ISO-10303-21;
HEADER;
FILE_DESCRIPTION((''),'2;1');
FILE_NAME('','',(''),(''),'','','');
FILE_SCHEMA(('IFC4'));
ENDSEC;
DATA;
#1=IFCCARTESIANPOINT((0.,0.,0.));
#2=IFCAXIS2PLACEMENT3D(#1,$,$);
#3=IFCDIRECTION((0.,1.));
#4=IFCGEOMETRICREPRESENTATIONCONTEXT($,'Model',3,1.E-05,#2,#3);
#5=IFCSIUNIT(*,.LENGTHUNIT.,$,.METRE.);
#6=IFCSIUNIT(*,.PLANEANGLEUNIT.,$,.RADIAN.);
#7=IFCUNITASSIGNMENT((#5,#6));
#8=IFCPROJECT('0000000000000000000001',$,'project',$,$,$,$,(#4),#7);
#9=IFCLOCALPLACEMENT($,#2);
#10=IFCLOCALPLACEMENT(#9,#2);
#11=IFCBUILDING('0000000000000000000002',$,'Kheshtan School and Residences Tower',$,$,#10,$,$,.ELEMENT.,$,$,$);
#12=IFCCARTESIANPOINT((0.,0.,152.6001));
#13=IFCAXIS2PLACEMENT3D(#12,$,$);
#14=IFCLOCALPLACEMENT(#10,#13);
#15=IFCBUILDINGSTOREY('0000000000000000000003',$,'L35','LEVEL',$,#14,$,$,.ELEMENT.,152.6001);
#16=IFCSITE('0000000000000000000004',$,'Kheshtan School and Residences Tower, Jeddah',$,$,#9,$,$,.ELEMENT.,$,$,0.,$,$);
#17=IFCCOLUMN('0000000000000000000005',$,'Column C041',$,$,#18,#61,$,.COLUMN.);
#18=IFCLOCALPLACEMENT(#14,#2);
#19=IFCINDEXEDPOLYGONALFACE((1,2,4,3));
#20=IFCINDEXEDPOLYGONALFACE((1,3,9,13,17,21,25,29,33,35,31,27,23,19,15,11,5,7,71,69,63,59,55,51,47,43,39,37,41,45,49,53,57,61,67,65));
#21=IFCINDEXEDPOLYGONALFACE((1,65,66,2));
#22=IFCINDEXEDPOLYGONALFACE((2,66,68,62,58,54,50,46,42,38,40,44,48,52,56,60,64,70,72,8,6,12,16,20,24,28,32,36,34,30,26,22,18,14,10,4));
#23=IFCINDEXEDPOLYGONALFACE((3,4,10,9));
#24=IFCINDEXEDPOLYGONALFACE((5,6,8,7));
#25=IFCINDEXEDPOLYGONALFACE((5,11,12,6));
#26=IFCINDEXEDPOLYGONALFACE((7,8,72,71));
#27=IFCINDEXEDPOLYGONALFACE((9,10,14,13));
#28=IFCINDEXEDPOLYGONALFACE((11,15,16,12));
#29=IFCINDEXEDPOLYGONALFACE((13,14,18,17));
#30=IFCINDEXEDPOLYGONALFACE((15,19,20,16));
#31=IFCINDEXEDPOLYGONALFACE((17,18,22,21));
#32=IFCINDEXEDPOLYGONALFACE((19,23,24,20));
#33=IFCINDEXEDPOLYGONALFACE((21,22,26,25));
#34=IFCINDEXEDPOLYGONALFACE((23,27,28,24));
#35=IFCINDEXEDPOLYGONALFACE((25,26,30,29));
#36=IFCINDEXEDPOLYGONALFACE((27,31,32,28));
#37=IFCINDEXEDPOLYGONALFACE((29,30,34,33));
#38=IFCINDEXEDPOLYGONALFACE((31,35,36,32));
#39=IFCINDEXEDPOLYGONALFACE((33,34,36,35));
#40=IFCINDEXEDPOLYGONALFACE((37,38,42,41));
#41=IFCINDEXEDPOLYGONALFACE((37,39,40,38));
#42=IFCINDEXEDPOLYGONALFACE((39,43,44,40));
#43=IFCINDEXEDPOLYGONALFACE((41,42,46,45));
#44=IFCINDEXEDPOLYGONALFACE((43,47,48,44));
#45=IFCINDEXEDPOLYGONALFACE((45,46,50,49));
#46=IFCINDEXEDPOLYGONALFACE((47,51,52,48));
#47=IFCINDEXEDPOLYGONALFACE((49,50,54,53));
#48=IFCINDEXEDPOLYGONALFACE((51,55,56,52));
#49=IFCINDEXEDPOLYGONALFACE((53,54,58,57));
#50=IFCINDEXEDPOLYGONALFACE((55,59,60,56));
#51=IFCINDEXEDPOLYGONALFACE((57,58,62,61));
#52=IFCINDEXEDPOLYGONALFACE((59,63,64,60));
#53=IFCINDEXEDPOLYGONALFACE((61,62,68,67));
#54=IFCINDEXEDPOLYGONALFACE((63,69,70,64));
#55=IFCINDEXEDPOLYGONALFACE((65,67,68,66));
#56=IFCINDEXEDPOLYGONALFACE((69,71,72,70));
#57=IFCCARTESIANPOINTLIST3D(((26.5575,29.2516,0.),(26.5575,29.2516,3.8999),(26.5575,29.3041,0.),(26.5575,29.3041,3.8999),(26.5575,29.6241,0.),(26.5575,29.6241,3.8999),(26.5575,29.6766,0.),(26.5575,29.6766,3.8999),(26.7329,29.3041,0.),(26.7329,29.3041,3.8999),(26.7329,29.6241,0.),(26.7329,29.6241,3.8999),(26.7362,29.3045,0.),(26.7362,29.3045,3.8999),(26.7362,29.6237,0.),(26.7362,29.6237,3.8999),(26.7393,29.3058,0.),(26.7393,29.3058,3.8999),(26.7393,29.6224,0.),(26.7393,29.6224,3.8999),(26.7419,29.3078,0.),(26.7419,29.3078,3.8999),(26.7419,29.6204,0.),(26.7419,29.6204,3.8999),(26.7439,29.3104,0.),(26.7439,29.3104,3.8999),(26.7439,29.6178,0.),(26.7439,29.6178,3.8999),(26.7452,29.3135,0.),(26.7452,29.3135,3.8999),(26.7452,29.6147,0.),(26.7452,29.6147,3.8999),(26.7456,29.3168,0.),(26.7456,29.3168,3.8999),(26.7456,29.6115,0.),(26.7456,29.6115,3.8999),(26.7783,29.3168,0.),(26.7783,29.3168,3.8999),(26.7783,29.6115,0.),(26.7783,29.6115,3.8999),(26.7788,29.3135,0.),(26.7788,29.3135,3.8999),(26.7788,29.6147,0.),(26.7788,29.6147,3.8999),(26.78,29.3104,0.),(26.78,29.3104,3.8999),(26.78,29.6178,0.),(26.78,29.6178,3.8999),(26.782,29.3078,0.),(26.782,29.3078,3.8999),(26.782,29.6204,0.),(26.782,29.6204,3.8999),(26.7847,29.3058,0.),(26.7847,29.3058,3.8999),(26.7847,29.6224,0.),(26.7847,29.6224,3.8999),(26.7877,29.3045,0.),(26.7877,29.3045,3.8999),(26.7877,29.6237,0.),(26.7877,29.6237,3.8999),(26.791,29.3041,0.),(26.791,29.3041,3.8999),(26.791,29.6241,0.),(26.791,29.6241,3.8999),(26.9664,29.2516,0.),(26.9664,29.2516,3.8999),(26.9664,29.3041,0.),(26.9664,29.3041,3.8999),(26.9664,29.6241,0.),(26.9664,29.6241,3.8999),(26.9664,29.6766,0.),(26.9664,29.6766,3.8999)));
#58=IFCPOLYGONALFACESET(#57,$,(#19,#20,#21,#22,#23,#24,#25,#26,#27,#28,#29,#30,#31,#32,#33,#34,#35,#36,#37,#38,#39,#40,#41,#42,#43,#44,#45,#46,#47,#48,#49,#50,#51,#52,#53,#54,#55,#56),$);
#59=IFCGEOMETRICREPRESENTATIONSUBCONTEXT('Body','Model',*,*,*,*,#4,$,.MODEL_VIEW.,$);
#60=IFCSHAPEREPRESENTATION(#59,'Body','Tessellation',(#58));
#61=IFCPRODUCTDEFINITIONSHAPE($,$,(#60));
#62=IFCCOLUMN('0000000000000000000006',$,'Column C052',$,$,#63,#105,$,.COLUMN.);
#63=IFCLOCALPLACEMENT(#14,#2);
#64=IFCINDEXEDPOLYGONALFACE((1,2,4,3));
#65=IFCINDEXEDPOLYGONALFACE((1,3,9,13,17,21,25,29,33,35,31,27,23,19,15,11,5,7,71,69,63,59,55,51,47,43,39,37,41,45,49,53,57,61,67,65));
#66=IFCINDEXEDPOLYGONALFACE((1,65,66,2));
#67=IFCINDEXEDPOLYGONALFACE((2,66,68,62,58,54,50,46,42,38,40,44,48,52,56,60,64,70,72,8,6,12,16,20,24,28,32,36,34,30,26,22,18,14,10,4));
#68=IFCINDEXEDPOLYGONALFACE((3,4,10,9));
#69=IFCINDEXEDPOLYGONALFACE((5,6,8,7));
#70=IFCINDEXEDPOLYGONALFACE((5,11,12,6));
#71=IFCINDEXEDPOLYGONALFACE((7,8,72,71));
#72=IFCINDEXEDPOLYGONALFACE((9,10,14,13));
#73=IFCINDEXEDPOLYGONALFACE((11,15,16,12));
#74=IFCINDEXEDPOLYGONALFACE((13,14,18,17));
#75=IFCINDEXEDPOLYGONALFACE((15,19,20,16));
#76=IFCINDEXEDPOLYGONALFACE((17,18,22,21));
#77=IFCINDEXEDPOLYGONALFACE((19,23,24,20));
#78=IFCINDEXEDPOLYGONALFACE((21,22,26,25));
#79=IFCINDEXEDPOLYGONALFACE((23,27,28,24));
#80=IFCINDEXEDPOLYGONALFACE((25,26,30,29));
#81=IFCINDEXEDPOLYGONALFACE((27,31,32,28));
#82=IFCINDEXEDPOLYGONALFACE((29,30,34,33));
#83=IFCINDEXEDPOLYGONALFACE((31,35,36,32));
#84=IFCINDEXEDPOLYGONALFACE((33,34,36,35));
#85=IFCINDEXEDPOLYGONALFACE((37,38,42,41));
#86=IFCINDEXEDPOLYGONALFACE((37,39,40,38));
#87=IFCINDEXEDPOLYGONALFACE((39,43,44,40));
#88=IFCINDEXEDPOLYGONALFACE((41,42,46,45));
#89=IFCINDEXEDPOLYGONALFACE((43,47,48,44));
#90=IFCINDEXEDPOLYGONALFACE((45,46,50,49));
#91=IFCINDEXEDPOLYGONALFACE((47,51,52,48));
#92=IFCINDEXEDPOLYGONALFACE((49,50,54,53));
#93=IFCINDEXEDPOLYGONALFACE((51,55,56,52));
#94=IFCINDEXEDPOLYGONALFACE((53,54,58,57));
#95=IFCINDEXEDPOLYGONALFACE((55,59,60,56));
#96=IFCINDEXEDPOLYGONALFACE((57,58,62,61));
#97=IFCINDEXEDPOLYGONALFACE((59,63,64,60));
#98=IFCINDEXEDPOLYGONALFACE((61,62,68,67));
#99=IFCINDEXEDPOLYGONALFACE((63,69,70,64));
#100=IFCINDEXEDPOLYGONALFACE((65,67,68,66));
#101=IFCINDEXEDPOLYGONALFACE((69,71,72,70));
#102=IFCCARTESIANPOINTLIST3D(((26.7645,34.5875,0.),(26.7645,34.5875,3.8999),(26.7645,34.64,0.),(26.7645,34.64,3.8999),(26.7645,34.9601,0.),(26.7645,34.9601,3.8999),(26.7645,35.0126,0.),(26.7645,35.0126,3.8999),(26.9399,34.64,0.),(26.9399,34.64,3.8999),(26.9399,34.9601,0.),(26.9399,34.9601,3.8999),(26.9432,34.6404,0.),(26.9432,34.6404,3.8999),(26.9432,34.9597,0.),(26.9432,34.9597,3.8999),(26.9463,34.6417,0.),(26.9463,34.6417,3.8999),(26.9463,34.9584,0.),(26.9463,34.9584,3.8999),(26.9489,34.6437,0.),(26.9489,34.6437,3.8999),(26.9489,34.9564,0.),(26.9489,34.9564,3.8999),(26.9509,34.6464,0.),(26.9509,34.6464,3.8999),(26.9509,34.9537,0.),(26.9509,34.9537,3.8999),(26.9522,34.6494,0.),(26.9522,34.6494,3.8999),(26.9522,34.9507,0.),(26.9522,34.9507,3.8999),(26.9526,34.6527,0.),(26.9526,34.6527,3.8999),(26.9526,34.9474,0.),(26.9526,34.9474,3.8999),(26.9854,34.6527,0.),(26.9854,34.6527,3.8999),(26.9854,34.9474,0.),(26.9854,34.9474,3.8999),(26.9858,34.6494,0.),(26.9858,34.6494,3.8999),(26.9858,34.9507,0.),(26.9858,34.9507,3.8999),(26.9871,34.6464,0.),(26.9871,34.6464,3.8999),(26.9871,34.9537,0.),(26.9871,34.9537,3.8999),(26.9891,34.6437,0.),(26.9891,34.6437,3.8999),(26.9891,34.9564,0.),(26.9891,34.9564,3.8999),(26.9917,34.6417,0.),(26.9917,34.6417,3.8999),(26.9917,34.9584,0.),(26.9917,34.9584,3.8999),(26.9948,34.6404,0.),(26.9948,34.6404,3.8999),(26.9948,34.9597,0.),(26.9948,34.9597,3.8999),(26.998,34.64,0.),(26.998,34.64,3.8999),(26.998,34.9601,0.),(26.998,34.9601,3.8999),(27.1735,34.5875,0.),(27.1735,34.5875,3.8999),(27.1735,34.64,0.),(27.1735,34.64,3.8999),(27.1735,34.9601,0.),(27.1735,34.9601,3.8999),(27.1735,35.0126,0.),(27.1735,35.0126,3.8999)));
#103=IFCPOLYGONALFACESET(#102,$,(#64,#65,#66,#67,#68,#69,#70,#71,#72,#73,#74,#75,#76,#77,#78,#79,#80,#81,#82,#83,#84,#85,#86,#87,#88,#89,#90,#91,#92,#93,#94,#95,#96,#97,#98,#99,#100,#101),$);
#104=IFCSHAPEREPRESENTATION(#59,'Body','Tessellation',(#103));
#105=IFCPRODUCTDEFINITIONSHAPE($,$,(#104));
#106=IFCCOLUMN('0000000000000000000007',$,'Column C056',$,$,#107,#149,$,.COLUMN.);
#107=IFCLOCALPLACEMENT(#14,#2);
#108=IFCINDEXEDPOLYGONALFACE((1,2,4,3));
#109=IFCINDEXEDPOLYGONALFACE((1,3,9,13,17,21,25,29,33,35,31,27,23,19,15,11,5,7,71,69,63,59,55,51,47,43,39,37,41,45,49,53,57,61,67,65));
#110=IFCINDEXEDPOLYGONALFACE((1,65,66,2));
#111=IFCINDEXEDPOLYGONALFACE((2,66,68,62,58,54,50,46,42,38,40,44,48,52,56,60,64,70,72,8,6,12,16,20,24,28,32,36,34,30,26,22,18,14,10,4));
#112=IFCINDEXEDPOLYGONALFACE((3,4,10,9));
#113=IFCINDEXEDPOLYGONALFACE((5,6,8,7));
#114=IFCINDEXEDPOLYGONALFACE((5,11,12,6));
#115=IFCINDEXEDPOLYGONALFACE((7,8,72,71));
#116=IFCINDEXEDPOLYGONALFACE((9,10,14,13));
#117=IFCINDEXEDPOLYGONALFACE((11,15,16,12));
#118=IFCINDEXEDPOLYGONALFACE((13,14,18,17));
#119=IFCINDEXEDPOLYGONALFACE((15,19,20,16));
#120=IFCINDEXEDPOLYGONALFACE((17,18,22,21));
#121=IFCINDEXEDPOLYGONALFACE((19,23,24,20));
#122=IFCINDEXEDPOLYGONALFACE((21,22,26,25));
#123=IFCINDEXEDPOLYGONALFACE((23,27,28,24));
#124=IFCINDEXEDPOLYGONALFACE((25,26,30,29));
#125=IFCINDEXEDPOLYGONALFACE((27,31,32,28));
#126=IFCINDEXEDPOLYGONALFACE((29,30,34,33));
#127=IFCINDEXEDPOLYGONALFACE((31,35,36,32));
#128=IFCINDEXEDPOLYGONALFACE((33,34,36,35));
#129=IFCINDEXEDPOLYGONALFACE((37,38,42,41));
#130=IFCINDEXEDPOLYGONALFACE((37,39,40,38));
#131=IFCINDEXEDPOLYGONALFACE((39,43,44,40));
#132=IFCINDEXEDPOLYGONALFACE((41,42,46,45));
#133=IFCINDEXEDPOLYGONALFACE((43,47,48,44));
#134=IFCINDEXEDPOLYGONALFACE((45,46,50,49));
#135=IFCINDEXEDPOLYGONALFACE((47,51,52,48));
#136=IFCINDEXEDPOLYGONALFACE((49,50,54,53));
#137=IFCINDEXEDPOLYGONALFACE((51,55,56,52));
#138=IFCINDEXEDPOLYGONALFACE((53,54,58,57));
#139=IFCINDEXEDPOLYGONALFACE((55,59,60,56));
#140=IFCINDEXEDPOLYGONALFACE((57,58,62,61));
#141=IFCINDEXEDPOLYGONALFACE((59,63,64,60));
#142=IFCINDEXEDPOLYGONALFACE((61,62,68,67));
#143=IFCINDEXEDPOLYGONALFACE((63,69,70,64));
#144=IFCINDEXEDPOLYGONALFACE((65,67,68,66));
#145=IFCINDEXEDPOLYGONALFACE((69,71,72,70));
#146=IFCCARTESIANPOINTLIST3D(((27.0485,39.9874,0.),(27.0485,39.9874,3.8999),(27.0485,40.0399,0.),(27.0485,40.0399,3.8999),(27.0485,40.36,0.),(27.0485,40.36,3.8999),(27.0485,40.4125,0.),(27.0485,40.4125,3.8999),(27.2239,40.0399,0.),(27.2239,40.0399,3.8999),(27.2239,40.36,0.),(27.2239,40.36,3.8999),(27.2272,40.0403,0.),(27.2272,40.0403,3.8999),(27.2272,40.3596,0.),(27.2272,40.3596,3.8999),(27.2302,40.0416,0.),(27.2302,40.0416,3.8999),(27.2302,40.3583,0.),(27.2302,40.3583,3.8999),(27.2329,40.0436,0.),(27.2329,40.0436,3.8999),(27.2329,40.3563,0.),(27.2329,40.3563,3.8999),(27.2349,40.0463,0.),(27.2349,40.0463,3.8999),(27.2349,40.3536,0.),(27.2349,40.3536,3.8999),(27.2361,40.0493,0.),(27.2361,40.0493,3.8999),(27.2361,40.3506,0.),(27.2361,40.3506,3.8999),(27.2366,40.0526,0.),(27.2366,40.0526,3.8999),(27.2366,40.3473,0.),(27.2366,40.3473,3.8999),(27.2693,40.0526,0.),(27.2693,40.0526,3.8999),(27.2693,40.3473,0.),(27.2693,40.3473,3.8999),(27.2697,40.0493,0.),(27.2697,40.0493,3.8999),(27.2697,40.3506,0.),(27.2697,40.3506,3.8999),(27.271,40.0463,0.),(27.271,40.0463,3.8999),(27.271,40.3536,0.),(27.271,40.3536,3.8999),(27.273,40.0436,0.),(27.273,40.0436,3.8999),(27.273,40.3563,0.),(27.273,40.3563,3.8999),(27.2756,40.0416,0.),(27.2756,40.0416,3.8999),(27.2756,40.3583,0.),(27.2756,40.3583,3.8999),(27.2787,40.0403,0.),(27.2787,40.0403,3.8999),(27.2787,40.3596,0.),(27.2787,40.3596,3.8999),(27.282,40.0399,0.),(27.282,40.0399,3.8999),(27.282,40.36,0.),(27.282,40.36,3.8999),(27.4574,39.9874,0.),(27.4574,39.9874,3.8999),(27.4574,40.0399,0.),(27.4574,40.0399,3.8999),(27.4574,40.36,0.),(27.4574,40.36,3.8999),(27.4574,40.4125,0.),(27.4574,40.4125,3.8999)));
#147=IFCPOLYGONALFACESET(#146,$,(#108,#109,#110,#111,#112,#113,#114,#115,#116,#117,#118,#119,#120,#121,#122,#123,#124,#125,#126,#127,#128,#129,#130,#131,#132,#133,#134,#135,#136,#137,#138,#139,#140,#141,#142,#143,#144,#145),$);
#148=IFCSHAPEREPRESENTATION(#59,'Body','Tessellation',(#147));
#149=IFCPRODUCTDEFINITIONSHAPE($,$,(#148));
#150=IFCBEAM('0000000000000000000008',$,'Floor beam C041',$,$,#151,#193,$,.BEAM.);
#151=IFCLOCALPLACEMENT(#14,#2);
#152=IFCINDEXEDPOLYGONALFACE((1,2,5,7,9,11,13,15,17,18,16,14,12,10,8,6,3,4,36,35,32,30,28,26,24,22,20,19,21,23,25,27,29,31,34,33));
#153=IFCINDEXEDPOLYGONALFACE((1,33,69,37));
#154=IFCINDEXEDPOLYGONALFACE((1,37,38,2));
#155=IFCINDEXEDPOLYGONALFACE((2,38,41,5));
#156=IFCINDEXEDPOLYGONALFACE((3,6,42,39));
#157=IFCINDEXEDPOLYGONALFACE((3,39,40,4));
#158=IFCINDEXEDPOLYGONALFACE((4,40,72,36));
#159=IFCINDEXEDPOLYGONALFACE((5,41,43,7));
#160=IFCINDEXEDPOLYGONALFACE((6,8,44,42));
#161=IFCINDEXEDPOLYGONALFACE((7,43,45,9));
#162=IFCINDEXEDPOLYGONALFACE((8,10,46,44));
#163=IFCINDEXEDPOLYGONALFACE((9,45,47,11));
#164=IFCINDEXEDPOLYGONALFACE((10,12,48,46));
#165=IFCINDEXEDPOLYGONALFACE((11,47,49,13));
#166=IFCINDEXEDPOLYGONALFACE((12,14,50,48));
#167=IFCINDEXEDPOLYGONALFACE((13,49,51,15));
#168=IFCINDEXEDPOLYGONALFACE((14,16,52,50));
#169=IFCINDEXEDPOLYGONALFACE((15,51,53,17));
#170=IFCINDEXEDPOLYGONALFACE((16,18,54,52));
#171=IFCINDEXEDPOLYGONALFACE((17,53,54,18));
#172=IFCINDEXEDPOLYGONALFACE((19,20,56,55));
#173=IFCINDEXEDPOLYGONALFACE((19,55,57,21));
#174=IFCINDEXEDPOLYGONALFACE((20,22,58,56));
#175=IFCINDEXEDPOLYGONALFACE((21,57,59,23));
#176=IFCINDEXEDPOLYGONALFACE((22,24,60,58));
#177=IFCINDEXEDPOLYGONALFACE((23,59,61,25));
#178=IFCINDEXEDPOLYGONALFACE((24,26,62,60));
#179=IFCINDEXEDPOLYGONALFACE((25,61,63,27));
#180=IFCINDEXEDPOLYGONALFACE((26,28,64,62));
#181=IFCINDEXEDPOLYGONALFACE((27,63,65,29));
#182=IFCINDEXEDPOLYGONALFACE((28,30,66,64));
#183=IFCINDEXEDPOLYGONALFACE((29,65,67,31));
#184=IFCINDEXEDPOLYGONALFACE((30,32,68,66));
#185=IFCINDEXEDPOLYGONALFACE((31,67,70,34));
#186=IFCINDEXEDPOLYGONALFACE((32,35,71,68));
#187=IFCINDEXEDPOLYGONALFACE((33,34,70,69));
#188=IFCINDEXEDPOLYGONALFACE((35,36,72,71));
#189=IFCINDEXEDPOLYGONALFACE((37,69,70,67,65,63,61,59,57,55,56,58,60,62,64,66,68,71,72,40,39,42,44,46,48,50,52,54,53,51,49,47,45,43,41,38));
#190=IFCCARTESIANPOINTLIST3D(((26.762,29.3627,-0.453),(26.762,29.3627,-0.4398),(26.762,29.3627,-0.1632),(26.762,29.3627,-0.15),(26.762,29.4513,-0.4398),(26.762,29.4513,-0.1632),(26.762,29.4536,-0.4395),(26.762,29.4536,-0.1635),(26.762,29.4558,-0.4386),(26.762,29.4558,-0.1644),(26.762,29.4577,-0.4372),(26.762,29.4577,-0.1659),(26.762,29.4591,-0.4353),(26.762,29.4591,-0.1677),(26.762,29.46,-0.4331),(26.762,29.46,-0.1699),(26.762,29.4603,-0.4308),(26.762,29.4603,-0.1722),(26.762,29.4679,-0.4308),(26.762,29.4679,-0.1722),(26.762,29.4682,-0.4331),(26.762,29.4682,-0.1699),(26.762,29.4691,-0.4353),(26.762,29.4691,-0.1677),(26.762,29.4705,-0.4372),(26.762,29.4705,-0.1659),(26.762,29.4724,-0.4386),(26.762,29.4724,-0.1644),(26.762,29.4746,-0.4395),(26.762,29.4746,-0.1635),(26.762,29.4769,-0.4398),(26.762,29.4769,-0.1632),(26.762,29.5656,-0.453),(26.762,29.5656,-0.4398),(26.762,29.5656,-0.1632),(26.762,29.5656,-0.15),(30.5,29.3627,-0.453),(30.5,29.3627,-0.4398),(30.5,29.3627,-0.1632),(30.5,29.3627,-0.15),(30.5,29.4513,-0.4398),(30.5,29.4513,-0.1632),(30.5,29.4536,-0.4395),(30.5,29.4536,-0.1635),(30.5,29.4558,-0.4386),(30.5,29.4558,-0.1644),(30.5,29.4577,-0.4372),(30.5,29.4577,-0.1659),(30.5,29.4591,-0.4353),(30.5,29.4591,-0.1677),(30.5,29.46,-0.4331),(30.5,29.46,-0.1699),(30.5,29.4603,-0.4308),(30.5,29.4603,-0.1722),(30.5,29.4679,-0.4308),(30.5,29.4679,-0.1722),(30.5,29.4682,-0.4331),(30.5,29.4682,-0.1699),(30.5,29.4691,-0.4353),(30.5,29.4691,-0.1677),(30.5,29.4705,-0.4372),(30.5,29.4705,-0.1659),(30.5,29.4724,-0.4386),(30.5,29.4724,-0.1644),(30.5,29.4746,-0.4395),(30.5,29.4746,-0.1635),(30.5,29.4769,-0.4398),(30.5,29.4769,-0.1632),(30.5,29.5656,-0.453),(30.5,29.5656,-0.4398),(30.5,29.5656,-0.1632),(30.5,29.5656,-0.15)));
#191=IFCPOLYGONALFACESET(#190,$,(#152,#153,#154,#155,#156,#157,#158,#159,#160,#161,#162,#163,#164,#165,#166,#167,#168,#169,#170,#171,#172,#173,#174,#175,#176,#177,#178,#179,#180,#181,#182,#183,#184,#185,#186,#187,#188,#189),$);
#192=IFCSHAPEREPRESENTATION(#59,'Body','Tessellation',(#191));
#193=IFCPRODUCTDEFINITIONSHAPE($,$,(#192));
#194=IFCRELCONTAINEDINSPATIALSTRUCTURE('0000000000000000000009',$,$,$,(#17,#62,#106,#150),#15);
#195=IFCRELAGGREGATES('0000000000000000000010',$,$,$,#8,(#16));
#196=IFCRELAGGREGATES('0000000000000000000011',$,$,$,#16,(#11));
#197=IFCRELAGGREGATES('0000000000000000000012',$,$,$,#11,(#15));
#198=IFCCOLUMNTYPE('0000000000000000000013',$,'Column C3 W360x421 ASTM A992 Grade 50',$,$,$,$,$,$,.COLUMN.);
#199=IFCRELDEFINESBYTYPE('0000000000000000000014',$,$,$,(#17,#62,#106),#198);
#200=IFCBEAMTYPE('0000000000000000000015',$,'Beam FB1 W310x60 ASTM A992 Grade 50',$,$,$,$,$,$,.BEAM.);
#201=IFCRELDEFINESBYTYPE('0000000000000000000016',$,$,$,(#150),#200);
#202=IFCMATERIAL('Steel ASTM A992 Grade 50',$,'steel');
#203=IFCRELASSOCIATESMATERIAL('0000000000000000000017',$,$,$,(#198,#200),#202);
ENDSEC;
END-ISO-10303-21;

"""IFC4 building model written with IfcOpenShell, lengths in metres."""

from ifc_helpers import new_model, si_unit, direction, frame, origin, origin_2d, place, context, subcontext, project, spatial, i_section, extrude, material, material_profile, profile_set, type_object, element, save


model = new_model("IFC4")

# Units and contexts
model_context = context("Model", 3, precision=1e-05, world=origin(), true_north=direction((0.0, 1.0)))
body_context = subcontext(model_context, "Body", "Model", "MODEL_VIEW")
ifc_project = project(units=[si_unit("LENGTHUNIT", "METRE"), si_unit("PLANEANGLEUNIT", "RADIAN")], contexts=[model_context])

# Site, building, storey
site_placement = place(None, origin())
site = spatial("IfcSite", under=ifc_project, at=site_placement, Name="Kheshtan School and Residences Tower, Jeddah", CompositionType="ELEMENT", RefElevation=0.0)
building_placement = place(site_placement, origin())
building = spatial("IfcBuilding", under=site, at=building_placement, Name="Kheshtan School and Residences Tower", CompositionType="ELEMENT")
storey_placement = place(building_placement, frame((0.0, 0.0, 152.6001)))
storey = spatial("IfcBuildingStorey", under=building, at=storey_placement, Name="L35", Description="LEVEL", CompositionType="ELEMENT", Elevation=152.6001)

# Columns
ifc_material_1 = material(Name="Steel ASTM A992 Grade 50", Category="steel")
ifc_material_profile_1 = material_profile(ifc_material_1, i_section(OverallWidth=0.4089, OverallDepth=0.425, WebThickness=0.0327, FlangeThickness=0.0525, FilletRadius=0.0127, at=origin_2d()), Name="W360x421")
ifc_profile_set_1 = profile_set([ifc_material_profile_1], Name="Steel ASTM A992 Grade 50")
column_type = type_object("IfcColumnType", Name="Column C3 W360x421 ASTM A992 Grade 50", PredefinedType="COLUMN", material=ifc_profile_set_1)
for number, where, z_axis, x_axis, name in (
    (1, (26.762, 29.4641, 0.0), (0.0, 0.0, 1.0), (1.0, 0.0, 0.0), "Column C041"),
    (2, (26.969, 34.8, 0.0), (0.0, 0.0, 1.0), (1.0, 0.0, 0.0), "Column C052"),
    (3, (27.2529, 40.2, 0.0), (0.0, 0.0, 1.0), (1.0, 0.0, 0.0), "Column C056"),
):
    element("IfcColumn", number, at=place(storey_placement, frame(where, z_axis=z_axis, x_axis=x_axis)), inside=storey, type_object=column_type, Name=name, PredefinedType="COLUMN", context=body_context, shape_type="SweptSolid", body=[
        extrude(i_section(OverallWidth=0.4089, OverallDepth=0.425, WebThickness=0.0327, FlangeThickness=0.0525, FilletRadius=0.0127, at=origin_2d()), origin(), (0.0, 0.0, 1.0), 3.8999),
    ])

# Beam
ifc_material_profile_2 = material_profile(ifc_material_1, i_section(OverallWidth=0.2029, OverallDepth=0.303, WebThickness=0.0076, FlangeThickness=0.0132, FilletRadius=0.009, at=origin_2d()), Name="W310x60")
ifc_profile_set_2 = profile_set([ifc_material_profile_2], Name="Steel ASTM A992 Grade 50")
beam_type_1 = type_object("IfcBeamType", Name="Beam FB1 W310x60 ASTM A992 Grade 50", PredefinedType="BEAM", material=ifc_profile_set_2)
beam_1_placement = place(storey_placement, frame((26.762, 29.4641, -0.3015), z_axis=(1.0, 0.0, 0.0), x_axis=(0.0, 1.0, 0.0)))
element("IfcBeam", 4, at=beam_1_placement, inside=storey, type_object=beam_type_1, Name="Floor beam C041", PredefinedType="BEAM", context=body_context, shape_type="SweptSolid", body=[
    extrude(i_section(OverallWidth=0.2029, OverallDepth=0.303, WebThickness=0.0076, FlangeThickness=0.0132, FilletRadius=0.009, at=origin_2d()), origin(), (0.0, 0.0, 1.0), 3.738),
])

save(model, "model.ifc")
